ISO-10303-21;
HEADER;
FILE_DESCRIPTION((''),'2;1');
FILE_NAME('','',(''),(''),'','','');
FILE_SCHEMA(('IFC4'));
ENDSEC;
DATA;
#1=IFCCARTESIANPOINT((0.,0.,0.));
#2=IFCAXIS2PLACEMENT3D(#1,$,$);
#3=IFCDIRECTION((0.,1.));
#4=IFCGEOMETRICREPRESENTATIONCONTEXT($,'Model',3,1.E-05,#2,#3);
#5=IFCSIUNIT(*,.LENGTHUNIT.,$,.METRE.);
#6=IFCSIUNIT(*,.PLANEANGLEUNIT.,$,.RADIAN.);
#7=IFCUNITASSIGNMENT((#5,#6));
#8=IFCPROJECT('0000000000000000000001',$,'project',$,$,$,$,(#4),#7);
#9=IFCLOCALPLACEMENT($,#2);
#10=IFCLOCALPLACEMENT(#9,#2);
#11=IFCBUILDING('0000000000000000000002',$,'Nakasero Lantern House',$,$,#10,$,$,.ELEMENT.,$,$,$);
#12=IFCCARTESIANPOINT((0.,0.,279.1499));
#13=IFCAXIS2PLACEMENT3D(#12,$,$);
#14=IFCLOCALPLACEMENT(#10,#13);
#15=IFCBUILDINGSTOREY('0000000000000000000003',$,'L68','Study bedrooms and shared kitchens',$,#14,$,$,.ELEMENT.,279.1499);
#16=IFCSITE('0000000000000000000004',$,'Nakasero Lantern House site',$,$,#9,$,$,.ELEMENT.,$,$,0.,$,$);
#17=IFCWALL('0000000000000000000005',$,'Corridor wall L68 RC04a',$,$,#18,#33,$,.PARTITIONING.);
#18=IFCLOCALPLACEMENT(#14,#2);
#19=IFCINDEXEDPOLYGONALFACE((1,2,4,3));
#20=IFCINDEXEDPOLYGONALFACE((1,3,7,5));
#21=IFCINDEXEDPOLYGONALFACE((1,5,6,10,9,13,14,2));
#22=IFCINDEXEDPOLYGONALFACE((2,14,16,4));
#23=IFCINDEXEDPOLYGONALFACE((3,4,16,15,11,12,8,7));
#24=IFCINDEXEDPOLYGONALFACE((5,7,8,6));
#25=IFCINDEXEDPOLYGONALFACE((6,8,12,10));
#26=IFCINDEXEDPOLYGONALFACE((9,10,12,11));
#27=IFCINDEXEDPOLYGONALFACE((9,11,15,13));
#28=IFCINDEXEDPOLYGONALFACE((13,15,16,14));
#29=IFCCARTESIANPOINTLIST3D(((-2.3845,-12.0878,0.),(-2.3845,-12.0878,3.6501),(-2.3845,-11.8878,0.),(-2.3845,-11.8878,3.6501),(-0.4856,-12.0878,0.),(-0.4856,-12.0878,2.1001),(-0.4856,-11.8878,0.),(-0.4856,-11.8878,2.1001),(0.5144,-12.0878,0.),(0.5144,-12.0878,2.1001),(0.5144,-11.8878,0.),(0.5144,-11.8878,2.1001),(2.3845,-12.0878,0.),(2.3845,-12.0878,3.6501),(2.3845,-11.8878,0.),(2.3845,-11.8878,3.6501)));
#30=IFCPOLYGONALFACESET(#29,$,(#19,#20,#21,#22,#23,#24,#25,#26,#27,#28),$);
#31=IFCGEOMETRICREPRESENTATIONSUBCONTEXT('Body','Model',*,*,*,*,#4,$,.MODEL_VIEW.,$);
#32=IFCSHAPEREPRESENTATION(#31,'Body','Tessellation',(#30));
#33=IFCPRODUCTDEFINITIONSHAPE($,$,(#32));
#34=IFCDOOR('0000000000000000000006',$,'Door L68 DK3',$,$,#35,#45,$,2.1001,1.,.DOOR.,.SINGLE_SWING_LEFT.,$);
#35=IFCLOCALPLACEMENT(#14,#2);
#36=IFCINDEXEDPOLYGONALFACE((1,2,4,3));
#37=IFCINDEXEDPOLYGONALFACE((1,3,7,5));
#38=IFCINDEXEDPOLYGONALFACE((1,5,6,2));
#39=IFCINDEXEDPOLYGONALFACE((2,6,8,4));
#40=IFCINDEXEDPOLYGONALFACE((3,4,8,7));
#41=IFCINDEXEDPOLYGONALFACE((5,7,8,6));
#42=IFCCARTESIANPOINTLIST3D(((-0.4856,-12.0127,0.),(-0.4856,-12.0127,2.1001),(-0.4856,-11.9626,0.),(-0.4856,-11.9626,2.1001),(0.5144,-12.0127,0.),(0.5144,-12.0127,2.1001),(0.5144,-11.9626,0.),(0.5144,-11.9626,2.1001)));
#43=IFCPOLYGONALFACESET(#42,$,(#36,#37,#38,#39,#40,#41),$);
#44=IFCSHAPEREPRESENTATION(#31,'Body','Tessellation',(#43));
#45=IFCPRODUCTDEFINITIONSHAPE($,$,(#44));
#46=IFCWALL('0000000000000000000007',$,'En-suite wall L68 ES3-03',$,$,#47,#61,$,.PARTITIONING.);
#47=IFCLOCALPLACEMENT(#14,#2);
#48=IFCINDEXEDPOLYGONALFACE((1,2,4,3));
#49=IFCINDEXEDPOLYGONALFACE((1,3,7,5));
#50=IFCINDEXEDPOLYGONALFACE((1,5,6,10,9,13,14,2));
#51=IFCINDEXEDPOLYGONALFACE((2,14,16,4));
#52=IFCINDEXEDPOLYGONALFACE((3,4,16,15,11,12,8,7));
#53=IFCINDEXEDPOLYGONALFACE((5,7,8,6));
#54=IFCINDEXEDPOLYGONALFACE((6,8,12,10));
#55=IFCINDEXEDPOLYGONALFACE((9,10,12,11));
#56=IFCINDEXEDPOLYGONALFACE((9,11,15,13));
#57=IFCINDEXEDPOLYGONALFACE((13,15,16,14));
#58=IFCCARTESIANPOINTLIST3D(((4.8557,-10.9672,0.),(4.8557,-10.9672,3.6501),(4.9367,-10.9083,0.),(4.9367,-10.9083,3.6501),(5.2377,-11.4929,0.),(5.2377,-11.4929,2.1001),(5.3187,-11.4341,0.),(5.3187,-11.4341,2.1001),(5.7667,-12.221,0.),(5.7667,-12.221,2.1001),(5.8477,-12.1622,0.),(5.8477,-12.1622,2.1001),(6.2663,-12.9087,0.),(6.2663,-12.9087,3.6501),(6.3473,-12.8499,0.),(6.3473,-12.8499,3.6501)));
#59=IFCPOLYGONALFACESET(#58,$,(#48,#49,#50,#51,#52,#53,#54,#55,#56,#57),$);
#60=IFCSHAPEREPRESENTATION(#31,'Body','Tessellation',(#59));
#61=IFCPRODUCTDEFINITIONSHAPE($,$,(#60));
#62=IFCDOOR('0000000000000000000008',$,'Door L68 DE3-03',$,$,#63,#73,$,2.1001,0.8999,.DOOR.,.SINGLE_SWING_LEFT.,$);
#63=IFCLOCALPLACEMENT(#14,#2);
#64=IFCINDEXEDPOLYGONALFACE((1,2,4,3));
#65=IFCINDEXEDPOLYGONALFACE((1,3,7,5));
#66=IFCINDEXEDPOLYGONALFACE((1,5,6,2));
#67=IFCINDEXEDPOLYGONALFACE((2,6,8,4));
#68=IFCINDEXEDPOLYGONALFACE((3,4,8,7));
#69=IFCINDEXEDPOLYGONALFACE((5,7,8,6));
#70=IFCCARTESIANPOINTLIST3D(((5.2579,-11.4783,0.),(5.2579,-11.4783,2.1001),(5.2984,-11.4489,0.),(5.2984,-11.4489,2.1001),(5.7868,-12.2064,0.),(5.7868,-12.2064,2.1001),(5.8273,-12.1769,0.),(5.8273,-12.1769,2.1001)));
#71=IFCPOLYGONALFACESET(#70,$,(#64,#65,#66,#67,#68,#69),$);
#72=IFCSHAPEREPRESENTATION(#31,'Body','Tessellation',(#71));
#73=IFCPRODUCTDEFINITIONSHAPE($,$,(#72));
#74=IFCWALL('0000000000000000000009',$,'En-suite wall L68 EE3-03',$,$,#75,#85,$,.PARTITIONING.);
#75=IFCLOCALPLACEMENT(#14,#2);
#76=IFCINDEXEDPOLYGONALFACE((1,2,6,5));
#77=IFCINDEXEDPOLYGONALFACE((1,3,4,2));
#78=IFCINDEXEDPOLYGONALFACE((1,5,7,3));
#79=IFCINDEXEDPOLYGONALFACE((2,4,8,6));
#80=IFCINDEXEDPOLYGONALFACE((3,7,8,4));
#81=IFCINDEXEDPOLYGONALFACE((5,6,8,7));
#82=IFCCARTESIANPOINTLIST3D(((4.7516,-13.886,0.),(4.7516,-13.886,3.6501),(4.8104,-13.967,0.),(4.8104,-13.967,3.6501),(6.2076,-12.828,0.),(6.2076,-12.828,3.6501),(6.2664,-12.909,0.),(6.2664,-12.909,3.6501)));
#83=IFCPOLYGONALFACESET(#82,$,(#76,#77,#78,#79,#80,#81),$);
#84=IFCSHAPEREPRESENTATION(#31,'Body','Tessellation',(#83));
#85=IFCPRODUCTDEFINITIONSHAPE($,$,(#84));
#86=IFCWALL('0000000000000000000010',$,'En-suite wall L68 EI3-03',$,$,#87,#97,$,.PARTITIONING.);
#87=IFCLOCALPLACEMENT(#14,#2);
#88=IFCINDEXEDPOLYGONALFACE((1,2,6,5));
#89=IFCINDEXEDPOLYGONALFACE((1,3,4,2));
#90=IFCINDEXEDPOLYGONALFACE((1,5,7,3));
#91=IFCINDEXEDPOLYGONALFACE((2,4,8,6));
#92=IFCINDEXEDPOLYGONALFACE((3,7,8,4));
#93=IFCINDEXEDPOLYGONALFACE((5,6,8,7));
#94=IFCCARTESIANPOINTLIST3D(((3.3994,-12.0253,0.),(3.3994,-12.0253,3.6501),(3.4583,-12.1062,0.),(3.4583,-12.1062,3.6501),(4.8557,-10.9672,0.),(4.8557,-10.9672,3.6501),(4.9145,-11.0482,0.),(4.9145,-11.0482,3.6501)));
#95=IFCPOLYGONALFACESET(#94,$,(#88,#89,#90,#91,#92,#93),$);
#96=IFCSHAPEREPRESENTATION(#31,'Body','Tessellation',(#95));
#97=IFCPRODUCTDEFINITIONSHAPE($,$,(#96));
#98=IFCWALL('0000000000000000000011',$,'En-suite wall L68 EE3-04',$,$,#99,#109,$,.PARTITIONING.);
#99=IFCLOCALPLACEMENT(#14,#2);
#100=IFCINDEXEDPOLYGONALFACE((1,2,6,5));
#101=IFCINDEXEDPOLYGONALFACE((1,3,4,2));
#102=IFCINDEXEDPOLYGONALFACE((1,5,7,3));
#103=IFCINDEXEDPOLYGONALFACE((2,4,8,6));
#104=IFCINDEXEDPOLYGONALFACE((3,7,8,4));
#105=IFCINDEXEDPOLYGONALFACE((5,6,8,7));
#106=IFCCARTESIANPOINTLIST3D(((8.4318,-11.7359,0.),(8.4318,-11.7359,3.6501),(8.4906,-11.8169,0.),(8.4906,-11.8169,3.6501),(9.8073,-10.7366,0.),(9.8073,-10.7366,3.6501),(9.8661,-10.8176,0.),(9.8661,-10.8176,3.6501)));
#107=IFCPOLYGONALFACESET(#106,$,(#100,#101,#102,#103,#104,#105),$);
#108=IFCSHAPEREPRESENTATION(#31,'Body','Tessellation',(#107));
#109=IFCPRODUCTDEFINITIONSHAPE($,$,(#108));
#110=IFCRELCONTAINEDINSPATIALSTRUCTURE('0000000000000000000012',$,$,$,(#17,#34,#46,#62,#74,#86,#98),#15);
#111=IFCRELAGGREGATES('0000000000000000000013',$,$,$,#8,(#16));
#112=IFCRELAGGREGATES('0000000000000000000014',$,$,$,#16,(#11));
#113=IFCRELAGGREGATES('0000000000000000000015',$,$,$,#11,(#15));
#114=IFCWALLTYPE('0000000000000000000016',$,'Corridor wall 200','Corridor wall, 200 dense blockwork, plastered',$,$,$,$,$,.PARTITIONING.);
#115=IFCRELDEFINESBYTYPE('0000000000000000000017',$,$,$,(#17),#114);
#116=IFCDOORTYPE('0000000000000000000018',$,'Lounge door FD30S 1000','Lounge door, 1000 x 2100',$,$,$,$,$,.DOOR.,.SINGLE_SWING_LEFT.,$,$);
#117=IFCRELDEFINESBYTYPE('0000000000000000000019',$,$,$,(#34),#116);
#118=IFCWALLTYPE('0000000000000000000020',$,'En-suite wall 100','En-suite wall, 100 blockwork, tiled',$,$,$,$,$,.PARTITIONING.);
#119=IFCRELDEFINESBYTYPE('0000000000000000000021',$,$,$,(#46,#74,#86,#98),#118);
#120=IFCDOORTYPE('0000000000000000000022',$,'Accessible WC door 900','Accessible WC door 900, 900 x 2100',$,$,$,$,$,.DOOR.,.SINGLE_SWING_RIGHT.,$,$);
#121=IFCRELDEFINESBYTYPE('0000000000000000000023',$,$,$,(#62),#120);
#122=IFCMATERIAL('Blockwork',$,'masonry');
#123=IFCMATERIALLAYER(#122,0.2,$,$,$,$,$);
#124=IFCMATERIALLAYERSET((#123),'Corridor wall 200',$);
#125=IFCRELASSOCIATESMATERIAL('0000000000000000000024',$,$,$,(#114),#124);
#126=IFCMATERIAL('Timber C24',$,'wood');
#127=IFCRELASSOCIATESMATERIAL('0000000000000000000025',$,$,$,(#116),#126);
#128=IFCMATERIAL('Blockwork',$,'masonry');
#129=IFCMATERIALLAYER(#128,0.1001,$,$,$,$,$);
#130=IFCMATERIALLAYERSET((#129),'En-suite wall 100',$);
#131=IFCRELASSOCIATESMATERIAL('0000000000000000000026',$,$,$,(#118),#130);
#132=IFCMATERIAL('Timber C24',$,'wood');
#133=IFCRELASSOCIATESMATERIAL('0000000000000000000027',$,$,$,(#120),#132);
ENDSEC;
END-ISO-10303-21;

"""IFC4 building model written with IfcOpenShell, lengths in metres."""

from ifc_helpers import new_model, si_unit, direction, frame, frame_2d, origin, place, context, subcontext, project, spatial, rectangle, extrude, material, layer, layer_set, type_object, element, fill, save


model = new_model("IFC4")

# Units and contexts
model_context = context("Model", 3, precision=1e-05, world=origin(), true_north=direction((0.0, 1.0)))
body_context = subcontext(model_context, "Body", "Model", "MODEL_VIEW")
ifc_project = project(units=[si_unit("LENGTHUNIT", "METRE"), si_unit("PLANEANGLEUNIT", "RADIAN")], contexts=[model_context])

# Site, building, storey
site_placement = place(None, origin())
site = spatial("IfcSite", under=ifc_project, at=site_placement, Name="Nakasero Lantern House site", CompositionType="ELEMENT", RefElevation=0.0)
building_placement = place(site_placement, origin())
building = spatial("IfcBuilding", under=site, at=building_placement, Name="Nakasero Lantern House", CompositionType="ELEMENT")
storey_placement = place(building_placement, frame((0.0, 0.0, 279.1499)))
storey = spatial("IfcBuildingStorey", under=building, at=storey_placement, Name="L68", Description="Study bedrooms and shared kitchens", CompositionType="ELEMENT", Elevation=279.1499)

# Walls, openings, doors
ifc_material_1 = material(Name="Blockwork", Category="masonry")
ifc_layer_1 = layer(ifc_material_1, 0.2)
ifc_layer_set_1 = layer_set([ifc_layer_1], Name="Corridor wall 200")
wall_type_1 = type_object("IfcWallType", Name="Corridor wall 200", Description="Corridor wall, 200 dense blockwork, plastered", PredefinedType="PARTITIONING", material=ifc_layer_set_1)
wall_1_placement = place(storey_placement, frame((2.3845, -11.9878, 0.0), z_axis=(0.0, 0.0, 1.0), x_axis=(-1.0, 0.0, 0.0)))
wall_1 = element("IfcWall", 1, at=wall_1_placement, inside=storey, type_object=wall_type_1, Name="Corridor wall L68 RC04a", PredefinedType="PARTITIONING", context=body_context, shape_type="SweptSolid", body=[
    extrude(rectangle(XDim=4.769, YDim=0.2, at=frame_2d((2.3845, 0.0))), origin(), (0.0, 0.0, 1.0), 3.6501),
])
opening_1_placement = place(wall_1_placement, frame((1.8701, 0.0, 0.0)))
opening_1 = element("IfcOpeningElement", 2, at=opening_1_placement, cuts=wall_1, PredefinedType="OPENING", context=body_context, shape_type="SweptSolid", body=[
    extrude(rectangle(XDim=1.0, YDim=2.1001, at=frame_2d((0.5, 1.05))), frame((0.0, 0.1199, 0.0), z_axis=(0.0, -1.0, 0.0), x_axis=(1.0, 0.0, 0.0)), (0.0, 0.0, 1.0), 0.24),
])
ifc_material_2 = material(Name="Timber C24", Category="wood")
door_type_1 = type_object("IfcDoorType", Name="Lounge door FD30S 1000", Description="Lounge door, 1000 x 2100", OperationType="SINGLE_SWING_LEFT", PredefinedType="DOOR", material=ifc_material_2)
door_1_placement = place(opening_1_placement, origin())
door_1 = element("IfcDoor", 3, at=door_1_placement, inside=storey, type_object=door_type_1, Name="Door L68 DK3", OperationType="SINGLE_SWING_LEFT", OverallHeight=2.1001, OverallWidth=1.0, PredefinedType="DOOR", context=body_context, shape_type="SweptSolid", body=[
    extrude(rectangle(XDim=1.0, YDim=2.1001, at=frame_2d((0.5, 1.05))), frame((0.0, 0.0249, 0.0), z_axis=(0.0, -1.0, 0.0), x_axis=(1.0, 0.0, 0.0)), (0.0, 0.0, 1.0), 0.05),
])
fill(opening_1, door_1)
ifc_material_3 = material(Name="Blockwork", Category="masonry")
ifc_layer_2 = layer(ifc_material_3, 0.1001)
ifc_layer_set_2 = layer_set([ifc_layer_2], Name="En-suite wall 100")
wall_type_2 = type_object("IfcWallType", Name="En-suite wall 100", Description="En-suite wall, 100 blockwork, tiled", PredefinedType="PARTITIONING", material=ifc_layer_set_2)
wall_2_placement = place(storey_placement, frame((4.8962, -10.9377, 0.0), z_axis=(0.0, 0.0, 1.0), x_axis=(0.587772, -0.809026, 0.0)))
wall_2 = element("IfcWall", 4, at=wall_2_placement, inside=storey, type_object=wall_type_2, Name="En-suite wall L68 ES3-03", PredefinedType="PARTITIONING", context=body_context, shape_type="SweptSolid", body=[
    extrude(rectangle(XDim=2.3999, YDim=0.1001, at=frame_2d((1.2, 0.0))), origin(), (0.0, 0.0, 1.0), 3.6501),
])
opening_2_placement = place(wall_2_placement, frame((0.6499, 0.0, 0.0)))
opening_2 = element("IfcOpeningElement", 5, at=opening_2_placement, cuts=wall_2, PredefinedType="OPENING", context=body_context, shape_type="SweptSolid", body=[
    extrude(rectangle(XDim=0.8999, YDim=2.1001, at=frame_2d((0.45, 1.05))), frame((0.0, 0.0701, 0.0), z_axis=(0.0, -1.0, 0.0), x_axis=(1.0, 0.0, 0.0)), (0.0, 0.0, 1.0), 0.1401),
])
ifc_material_4 = material(Name="Timber C24", Category="wood")
door_type_2 = type_object("IfcDoorType", Name="Accessible WC door 900", Description="Accessible WC door 900, 900 x 2100", OperationType="SINGLE_SWING_RIGHT", PredefinedType="DOOR", material=ifc_material_4)
door_2_placement = place(opening_2_placement, origin())
door_2 = element("IfcDoor", 6, at=door_2_placement, inside=storey, type_object=door_type_2, Name="Door L68 DE3-03", OperationType="SINGLE_SWING_LEFT", OverallHeight=2.1001, OverallWidth=0.8999, PredefinedType="DOOR", context=body_context, shape_type="SweptSolid", body=[
    extrude(rectangle(XDim=0.8999, YDim=2.1001, at=frame_2d((0.45, 1.05))), frame((0.0, 0.0249, 0.0), z_axis=(0.0, -1.0, 0.0), x_axis=(1.0, 0.0, 0.0)), (0.0, 0.0, 1.0), 0.05),
])
fill(opening_2, door_2)

# Walls
wall_3_placement = place(storey_placement, frame((4.781, -13.9265, 0.0), z_axis=(0.0, 0.0, 1.0), x_axis=(0.808959, 0.587865, 0.0)))
element("IfcWall", 7, at=wall_3_placement, inside=storey, type_object=wall_type_2, Name="En-suite wall L68 EE3-03", PredefinedType="PARTITIONING", context=body_context, shape_type="SweptSolid", body=[
    extrude(rectangle(XDim=1.7998, YDim=0.1001, at=frame_2d((0.8999, 0.0))), origin(), (0.0, 0.0, 1.0), 3.6501),
])
wall_4_placement = place(storey_placement, frame((3.429, -12.0657, 0.0), z_axis=(0.0, 0.0, 1.0), x_axis=(0.809006, 0.587801, 0.0)))
element("IfcWall", 8, at=wall_4_placement, inside=storey, type_object=wall_type_2, Name="En-suite wall L68 EI3-03", PredefinedType="PARTITIONING", context=body_context, shape_type="SweptSolid", body=[
    extrude(rectangle(XDim=1.8, YDim=0.1001, at=frame_2d((0.8999, 0.0))), origin(), (0.0, 0.0, 1.0), 3.6501),
])
wall_5_placement = place(storey_placement, frame((8.4612, -11.7764, 0.0), z_axis=(0.0, 0.0, 1.0), x_axis=(0.80904, 0.587753, 0.0)))
element("IfcWall", 9, at=wall_5_placement, inside=storey, type_object=wall_type_2, Name="En-suite wall L68 EE3-04", PredefinedType="PARTITIONING", context=body_context, shape_type="SweptSolid", body=[
    extrude(rectangle(XDim=1.7002, YDim=0.1001, at=frame_2d((0.8501, 0.0))), origin(), (0.0, 0.0, 1.0), 3.6501),
])

save(model, "model.ifc")
